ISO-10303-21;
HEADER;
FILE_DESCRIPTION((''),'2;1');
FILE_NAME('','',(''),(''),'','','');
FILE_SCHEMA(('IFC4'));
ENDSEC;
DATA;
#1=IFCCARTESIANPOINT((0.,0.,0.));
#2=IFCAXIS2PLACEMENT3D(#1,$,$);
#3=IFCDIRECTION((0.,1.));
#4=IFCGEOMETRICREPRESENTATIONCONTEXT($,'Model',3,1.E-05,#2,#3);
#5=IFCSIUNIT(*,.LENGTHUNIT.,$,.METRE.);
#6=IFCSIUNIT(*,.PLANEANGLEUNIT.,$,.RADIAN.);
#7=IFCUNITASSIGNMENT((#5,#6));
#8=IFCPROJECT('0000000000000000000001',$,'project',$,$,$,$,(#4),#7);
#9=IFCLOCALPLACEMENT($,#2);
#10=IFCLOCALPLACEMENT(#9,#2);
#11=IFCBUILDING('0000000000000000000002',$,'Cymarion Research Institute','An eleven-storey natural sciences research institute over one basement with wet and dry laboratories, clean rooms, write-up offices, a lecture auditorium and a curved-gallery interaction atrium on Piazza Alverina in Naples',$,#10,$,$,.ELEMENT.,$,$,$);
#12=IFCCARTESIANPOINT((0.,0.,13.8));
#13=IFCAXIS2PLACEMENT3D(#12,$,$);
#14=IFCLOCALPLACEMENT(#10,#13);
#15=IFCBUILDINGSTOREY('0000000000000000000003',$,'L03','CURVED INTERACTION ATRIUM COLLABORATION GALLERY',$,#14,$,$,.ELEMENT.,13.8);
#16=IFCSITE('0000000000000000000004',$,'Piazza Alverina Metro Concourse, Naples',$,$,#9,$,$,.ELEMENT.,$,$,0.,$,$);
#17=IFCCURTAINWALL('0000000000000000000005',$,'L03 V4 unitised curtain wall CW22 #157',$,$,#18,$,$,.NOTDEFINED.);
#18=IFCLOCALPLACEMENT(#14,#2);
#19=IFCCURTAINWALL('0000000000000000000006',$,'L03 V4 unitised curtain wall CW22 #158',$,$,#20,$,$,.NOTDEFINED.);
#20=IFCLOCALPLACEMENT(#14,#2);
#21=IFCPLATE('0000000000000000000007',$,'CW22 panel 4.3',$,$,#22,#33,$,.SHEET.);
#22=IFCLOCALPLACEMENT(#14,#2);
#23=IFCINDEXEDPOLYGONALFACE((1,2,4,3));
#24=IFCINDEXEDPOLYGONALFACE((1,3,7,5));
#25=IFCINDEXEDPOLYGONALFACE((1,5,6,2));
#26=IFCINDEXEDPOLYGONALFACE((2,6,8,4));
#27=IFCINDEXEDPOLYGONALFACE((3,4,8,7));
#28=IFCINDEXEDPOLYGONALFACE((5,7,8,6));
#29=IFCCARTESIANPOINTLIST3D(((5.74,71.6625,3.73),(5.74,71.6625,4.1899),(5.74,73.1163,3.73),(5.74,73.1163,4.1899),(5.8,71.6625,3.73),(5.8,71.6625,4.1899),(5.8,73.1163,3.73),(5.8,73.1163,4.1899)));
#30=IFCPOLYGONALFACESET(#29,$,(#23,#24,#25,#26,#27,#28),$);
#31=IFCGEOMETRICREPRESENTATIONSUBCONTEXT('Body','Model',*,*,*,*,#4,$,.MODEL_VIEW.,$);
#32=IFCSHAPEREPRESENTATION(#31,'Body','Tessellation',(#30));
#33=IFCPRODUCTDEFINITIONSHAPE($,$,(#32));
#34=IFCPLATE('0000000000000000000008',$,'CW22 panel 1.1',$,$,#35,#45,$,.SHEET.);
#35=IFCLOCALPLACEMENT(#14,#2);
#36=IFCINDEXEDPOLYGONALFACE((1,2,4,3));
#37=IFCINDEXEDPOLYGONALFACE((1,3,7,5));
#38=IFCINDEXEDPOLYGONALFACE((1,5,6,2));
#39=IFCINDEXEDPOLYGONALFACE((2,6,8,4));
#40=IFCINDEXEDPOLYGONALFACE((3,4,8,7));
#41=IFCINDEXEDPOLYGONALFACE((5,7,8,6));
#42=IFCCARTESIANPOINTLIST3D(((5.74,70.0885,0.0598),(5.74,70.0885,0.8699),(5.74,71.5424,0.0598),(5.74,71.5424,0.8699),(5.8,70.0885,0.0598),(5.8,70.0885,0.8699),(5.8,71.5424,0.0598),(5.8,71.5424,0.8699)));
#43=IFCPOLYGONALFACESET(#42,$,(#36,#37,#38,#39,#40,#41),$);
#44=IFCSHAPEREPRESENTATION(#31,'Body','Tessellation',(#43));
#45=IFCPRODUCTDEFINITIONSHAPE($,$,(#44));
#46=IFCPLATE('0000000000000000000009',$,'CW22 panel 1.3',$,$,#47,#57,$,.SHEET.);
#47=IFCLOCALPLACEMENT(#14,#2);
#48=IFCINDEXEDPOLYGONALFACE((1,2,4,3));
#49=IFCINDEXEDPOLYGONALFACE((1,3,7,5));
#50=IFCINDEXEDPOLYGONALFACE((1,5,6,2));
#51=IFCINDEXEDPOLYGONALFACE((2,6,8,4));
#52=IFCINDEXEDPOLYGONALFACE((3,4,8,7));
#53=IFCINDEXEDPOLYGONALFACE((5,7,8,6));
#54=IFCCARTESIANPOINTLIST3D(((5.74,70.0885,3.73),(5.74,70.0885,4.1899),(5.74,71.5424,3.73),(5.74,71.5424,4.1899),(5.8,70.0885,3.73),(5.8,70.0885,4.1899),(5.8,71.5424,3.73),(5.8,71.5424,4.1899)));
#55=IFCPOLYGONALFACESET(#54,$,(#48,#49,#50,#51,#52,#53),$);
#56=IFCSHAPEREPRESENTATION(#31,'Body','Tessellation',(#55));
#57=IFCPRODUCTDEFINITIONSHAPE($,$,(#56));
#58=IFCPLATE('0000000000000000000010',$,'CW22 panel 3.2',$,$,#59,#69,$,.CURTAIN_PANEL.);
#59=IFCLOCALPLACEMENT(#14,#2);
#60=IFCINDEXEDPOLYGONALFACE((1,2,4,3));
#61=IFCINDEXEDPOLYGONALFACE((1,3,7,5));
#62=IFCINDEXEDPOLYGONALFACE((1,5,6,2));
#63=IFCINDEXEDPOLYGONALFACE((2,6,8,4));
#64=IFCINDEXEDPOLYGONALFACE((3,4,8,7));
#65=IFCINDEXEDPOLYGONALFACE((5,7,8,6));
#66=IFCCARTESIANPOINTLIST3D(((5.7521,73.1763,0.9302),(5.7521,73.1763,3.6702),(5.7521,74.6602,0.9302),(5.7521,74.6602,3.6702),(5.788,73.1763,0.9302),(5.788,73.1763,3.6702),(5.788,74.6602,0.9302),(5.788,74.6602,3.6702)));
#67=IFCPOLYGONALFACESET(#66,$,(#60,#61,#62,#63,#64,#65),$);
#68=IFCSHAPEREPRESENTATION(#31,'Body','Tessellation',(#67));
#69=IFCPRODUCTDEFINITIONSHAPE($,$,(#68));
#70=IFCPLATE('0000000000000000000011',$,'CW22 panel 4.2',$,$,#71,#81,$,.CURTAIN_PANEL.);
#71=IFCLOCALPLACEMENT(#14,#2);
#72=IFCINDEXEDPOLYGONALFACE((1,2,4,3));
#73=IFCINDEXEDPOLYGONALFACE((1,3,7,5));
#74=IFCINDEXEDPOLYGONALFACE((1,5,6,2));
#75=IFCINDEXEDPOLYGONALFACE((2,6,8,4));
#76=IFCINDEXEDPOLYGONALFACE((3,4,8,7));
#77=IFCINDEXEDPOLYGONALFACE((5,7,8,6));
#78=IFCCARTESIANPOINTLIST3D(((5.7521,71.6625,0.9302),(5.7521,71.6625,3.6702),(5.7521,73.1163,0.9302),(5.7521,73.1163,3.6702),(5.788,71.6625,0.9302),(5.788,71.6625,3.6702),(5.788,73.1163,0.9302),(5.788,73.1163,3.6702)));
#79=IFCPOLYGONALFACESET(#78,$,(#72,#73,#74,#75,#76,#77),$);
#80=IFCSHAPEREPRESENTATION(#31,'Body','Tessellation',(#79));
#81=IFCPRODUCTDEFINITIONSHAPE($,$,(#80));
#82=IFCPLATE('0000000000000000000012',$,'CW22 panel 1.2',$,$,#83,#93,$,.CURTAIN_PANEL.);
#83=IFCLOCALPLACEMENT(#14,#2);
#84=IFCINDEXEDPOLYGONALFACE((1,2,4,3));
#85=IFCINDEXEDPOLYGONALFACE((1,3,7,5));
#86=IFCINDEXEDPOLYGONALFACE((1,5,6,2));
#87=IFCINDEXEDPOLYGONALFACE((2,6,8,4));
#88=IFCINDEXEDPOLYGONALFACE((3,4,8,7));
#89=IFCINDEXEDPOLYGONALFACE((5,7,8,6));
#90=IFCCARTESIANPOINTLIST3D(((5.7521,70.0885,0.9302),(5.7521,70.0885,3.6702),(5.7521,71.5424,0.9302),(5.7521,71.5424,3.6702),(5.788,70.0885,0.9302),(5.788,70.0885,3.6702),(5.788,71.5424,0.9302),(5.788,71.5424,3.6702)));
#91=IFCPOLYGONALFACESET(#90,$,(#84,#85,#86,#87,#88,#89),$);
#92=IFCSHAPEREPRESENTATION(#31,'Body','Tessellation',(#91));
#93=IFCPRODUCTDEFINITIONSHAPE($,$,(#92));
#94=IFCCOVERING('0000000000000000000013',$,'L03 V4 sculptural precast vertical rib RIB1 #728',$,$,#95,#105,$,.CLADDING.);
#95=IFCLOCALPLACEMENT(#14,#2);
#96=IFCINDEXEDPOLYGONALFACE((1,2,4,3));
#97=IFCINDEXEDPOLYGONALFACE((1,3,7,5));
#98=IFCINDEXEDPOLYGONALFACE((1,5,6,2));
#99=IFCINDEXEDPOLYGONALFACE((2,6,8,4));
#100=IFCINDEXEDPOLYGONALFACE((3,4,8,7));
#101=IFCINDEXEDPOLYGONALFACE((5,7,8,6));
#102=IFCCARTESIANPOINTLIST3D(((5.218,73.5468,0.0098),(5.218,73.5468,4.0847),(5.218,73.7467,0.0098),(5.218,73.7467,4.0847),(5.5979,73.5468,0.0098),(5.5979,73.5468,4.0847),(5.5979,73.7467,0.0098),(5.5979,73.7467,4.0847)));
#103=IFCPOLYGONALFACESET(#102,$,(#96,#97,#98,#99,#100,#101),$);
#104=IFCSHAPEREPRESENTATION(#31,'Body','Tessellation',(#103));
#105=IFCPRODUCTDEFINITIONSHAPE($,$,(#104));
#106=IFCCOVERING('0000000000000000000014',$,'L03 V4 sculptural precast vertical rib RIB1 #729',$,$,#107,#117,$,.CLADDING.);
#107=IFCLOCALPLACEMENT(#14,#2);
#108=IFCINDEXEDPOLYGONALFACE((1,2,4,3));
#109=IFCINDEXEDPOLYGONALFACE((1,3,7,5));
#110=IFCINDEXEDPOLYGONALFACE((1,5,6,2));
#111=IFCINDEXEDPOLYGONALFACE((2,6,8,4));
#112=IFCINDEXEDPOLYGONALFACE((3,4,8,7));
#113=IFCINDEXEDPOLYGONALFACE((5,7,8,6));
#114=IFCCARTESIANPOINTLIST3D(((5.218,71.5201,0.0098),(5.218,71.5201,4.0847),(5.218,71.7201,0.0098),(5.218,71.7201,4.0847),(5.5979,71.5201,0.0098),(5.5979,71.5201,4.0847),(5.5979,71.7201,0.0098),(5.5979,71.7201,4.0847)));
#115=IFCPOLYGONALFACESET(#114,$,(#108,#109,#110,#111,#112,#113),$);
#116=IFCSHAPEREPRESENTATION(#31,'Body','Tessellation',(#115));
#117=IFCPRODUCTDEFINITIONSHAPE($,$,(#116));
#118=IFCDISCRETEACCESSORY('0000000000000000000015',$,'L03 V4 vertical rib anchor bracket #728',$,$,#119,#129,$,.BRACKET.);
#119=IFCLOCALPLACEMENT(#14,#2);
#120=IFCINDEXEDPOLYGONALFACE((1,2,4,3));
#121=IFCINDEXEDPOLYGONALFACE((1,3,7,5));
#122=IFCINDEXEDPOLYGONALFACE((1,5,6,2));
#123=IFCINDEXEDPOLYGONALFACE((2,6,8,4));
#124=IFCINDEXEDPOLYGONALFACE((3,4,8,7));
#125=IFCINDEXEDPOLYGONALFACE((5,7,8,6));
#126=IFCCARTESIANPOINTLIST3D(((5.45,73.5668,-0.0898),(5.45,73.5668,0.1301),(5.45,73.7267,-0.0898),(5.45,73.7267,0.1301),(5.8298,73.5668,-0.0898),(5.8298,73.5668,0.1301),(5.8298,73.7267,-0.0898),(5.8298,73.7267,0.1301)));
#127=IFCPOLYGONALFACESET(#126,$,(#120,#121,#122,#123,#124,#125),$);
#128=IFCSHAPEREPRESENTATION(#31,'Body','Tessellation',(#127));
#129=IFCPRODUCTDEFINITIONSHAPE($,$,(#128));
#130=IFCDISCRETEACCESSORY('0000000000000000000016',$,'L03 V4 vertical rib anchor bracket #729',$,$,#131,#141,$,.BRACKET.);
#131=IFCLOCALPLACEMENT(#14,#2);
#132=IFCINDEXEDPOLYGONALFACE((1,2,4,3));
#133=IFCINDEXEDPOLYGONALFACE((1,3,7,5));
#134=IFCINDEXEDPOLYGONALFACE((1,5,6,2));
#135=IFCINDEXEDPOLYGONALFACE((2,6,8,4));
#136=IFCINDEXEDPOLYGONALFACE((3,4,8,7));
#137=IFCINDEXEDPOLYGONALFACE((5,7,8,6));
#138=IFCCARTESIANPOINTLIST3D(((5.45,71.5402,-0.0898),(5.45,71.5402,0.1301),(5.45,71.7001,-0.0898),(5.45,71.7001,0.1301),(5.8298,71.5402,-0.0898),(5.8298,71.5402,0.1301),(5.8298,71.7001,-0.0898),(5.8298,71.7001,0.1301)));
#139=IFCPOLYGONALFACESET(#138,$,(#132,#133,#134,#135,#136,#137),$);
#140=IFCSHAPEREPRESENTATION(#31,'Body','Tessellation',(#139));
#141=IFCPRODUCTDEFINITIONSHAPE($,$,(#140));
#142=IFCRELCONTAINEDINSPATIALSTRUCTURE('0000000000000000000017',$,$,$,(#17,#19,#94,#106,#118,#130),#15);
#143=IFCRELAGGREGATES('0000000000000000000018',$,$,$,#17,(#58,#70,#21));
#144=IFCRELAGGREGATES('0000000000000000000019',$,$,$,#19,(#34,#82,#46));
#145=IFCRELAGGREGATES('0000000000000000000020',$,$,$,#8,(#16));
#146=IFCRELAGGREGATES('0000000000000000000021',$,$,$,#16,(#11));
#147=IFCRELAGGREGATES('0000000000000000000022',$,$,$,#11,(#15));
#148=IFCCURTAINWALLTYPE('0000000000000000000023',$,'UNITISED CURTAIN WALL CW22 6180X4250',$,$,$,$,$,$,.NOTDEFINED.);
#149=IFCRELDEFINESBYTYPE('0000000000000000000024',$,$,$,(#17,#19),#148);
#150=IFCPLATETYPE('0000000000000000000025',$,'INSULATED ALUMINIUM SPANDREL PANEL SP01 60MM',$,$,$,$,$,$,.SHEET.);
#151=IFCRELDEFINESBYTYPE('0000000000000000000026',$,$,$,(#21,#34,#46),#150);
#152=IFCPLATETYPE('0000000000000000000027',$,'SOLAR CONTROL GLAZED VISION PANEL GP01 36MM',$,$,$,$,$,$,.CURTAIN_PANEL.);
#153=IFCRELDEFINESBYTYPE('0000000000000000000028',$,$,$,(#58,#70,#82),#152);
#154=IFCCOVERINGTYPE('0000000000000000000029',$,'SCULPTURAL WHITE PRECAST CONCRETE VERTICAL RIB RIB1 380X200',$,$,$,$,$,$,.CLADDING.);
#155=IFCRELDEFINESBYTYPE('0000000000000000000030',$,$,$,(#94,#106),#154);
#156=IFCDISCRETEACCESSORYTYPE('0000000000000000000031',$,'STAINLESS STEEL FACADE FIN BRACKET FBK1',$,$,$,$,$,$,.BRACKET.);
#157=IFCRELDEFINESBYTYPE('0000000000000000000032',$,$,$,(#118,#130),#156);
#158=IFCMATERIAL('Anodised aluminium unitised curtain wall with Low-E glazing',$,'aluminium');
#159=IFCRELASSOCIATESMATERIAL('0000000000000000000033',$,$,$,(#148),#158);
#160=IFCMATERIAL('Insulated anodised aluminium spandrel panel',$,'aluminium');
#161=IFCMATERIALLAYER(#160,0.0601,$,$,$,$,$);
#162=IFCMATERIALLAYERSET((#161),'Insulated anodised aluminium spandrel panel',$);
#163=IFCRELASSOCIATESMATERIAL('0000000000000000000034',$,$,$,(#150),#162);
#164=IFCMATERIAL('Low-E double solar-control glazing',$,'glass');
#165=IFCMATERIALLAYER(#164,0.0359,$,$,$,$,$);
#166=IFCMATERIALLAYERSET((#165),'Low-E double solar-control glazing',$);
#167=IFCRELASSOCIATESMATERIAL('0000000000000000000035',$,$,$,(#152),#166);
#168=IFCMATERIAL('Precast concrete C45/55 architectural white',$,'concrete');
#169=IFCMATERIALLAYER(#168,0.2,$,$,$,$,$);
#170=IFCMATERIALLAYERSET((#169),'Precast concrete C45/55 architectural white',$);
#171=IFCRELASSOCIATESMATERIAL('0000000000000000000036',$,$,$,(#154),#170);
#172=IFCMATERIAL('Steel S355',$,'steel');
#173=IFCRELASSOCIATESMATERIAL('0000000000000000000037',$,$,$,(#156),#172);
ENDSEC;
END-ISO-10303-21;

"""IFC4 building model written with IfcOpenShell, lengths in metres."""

from ifc_helpers import new_model, si_unit, direction, frame, origin, origin_2d, place, context, subcontext, project, spatial, rectangle, extrude, material, layer, layer_set, type_object, element, aggregate, save


model = new_model("IFC4")

# Units and contexts
model_context = context("Model", 3, precision=1e-05, world=origin(), true_north=direction((0.0, 1.0)))
body_context = subcontext(model_context, "Body", "Model", "MODEL_VIEW")
ifc_project = project(units=[si_unit("LENGTHUNIT", "METRE"), si_unit("PLANEANGLEUNIT", "RADIAN")], contexts=[model_context])

# Site, building, storey
site_placement = place(None, origin())
site = spatial("IfcSite", under=ifc_project, at=site_placement, Name="Piazza Alverina Metro Concourse, Naples", CompositionType="ELEMENT", RefElevation=0.0)
building_placement = place(site_placement, origin())
building = spatial("IfcBuilding", under=site, at=building_placement, Name="Cymarion Research Institute", Description="An eleven-storey natural sciences research institute over one basement with wet and dry laboratories, clean rooms, write-up offices, a lecture auditorium and a curved-gallery interaction atrium on Piazza Alverina in Naples", CompositionType="ELEMENT")
storey_placement = place(building_placement, frame((0.0, 0.0, 13.8)))
storey = spatial("IfcBuildingStorey", under=building, at=storey_placement, Name="L03", Description="CURVED INTERACTION ATRIUM COLLABORATION GALLERY", CompositionType="ELEMENT", Elevation=13.8)

# Curtain wall
ifc_material_1 = material(Name="Anodised aluminium unitised curtain wall with Low-E glazing", Category="aluminium")
curtain_wall_type = type_object("IfcCurtainWallType", Name="UNITISED CURTAIN WALL CW22 6180X4250", PredefinedType="NOTDEFINED", material=ifc_material_1)
curtain_wall_1_placement = place(storey_placement, origin())
curtain_wall_1 = element("IfcCurtainWall", 1, at=curtain_wall_1_placement, inside=storey, type_object=curtain_wall_type, Name="L03 V4 unitised curtain wall CW22 #157", PredefinedType="NOTDEFINED")

# Curtain wall
curtain_wall_2_placement = place(storey_placement, origin())
curtain_wall_2 = element("IfcCurtainWall", 2, at=curtain_wall_2_placement, inside=storey, type_object=curtain_wall_type, Name="L03 V4 unitised curtain wall CW22 #158", PredefinedType="NOTDEFINED")

# Plates
ifc_material_2 = material(Name="Insulated anodised aluminium spandrel panel", Category="aluminium")
ifc_layer_1 = layer(ifc_material_2, 0.0601)
ifc_layer_set_1 = layer_set([ifc_layer_1], Name="Insulated anodised aluminium spandrel panel")
plate_type_1 = type_object("IfcPlateType", Name="INSULATED ALUMINIUM SPANDREL PANEL SP01 60MM", PredefinedType="SHEET", material=ifc_layer_set_1)
plate_1_placement = place(storey_placement, frame((5.77, 72.3894, 3.73), z_axis=(0.0, 0.0, 1.0), x_axis=(0.0, -1.0, 0.0)))
plate_1 = element("IfcPlate", 3, at=plate_1_placement, type_object=plate_type_1, Name="CW22 panel 4.3", PredefinedType="SHEET", context=body_context, shape_type="SweptSolid", body=[
    extrude(rectangle(XDim=1.4539, YDim=0.0601, at=origin_2d()), origin(), (0.0, 0.0, 1.0), 0.46),
])
plate_2_placement = place(storey_placement, frame((5.77, 70.8154, 0.0598), z_axis=(0.0, 0.0, 1.0), x_axis=(0.0, -1.0, 0.0)))
plate_2 = element("IfcPlate", 4, at=plate_2_placement, type_object=plate_type_1, Name="CW22 panel 1.1", PredefinedType="SHEET", context=body_context, shape_type="SweptSolid", body=[
    extrude(rectangle(XDim=1.4539, YDim=0.0601, at=origin_2d()), origin(), (0.0, 0.0, 1.0), 0.8101),
])
plate_3_placement = place(storey_placement, frame((5.77, 70.8154, 3.73), z_axis=(0.0, 0.0, 1.0), x_axis=(0.0, -1.0, 0.0)))
plate_3 = element("IfcPlate", 5, at=plate_3_placement, type_object=plate_type_1, Name="CW22 panel 1.3", PredefinedType="SHEET", context=body_context, shape_type="SweptSolid", body=[
    extrude(rectangle(XDim=1.4539, YDim=0.0601, at=origin_2d()), origin(), (0.0, 0.0, 1.0), 0.46),
])
ifc_material_3 = material(Name="Low-E double solar-control glazing", Category="glass")
ifc_layer_2 = layer(ifc_material_3, 0.0359)
ifc_layer_set_2 = layer_set([ifc_layer_2], Name="Low-E double solar-control glazing")
plate_type_2 = type_object("IfcPlateType", Name="SOLAR CONTROL GLAZED VISION PANEL GP01 36MM", PredefinedType="CURTAIN_PANEL", material=ifc_layer_set_2)
plate_4_placement = place(storey_placement, frame((5.77, 73.9182, 0.9302), z_axis=(0.0, 0.0, 1.0), x_axis=(0.0, -1.0, 0.0)))
plate_4 = element("IfcPlate", 6, at=plate_4_placement, type_object=plate_type_2, Name="CW22 panel 3.2", PredefinedType="CURTAIN_PANEL", context=body_context, shape_type="SweptSolid", body=[
    extrude(rectangle(XDim=1.4839, YDim=0.0359, at=origin_2d()), origin(), (0.0, 0.0, 1.0), 2.74),
])
plate_5_placement = place(storey_placement, frame((5.77, 72.3894, 0.9302), z_axis=(0.0, 0.0, 1.0), x_axis=(0.0, -1.0, 0.0)))
plate_5 = element("IfcPlate", 7, at=plate_5_placement, type_object=plate_type_2, Name="CW22 panel 4.2", PredefinedType="CURTAIN_PANEL", context=body_context, shape_type="SweptSolid", body=[
    extrude(rectangle(XDim=1.4539, YDim=0.0359, at=origin_2d()), origin(), (0.0, 0.0, 1.0), 2.74),
])
aggregate(curtain_wall_1, [plate_4, plate_5, plate_1])
plate_6_placement = place(storey_placement, frame((5.77, 70.8154, 0.9302), z_axis=(0.0, 0.0, 1.0), x_axis=(0.0, -1.0, 0.0)))
plate_6 = element("IfcPlate", 8, at=plate_6_placement, type_object=plate_type_2, Name="CW22 panel 1.2", PredefinedType="CURTAIN_PANEL", context=body_context, shape_type="SweptSolid", body=[
    extrude(rectangle(XDim=1.4539, YDim=0.0359, at=origin_2d()), origin(), (0.0, 0.0, 1.0), 2.74),
])
aggregate(curtain_wall_2, [plate_2, plate_6, plate_3])

# Coverings
ifc_material_4 = material(Name="Precast concrete C45/55 architectural white", Category="concrete")
ifc_layer_3 = layer(ifc_material_4, 0.2)
ifc_layer_set_3 = layer_set([ifc_layer_3], Name="Precast concrete C45/55 architectural white")
covering_type = type_object("IfcCoveringType", Name="SCULPTURAL WHITE PRECAST CONCRETE VERTICAL RIB RIB1 380X200", PredefinedType="CLADDING", material=ifc_layer_set_3)
for number, where, z_axis, x_axis, name in (
    (9, (5.408, 73.6467, 0.0098), (0.0, 0.0, 1.0), (-1.0, 0.0, 0.0), "L03 V4 sculptural precast vertical rib RIB1 #728"),
    (10, (5.408, 71.6201, 0.0098), (0.0, 0.0, 1.0), (-1.0, 0.0, 0.0), "L03 V4 sculptural precast vertical rib RIB1 #729"),
):
    element("IfcCovering", number, at=place(storey_placement, frame(where, z_axis=z_axis, x_axis=x_axis)), inside=storey, type_object=covering_type, Name=name, PredefinedType="CLADDING", context=body_context, shape_type="SweptSolid", body=[
        extrude(rectangle(XDim=0.3799, YDim=0.2, at=origin_2d()), origin(), (0.0, 0.0, 1.0), 4.075),
    ])

# Discrete accessories
ifc_material_5 = material(Name="Steel S355", Category="steel")
discrete_accessory_type = type_object("IfcDiscreteAccessoryType", Name="STAINLESS STEEL FACADE FIN BRACKET FBK1", PredefinedType="BRACKET", material=ifc_material_5)
for number, where, z_axis, x_axis, name in (
    (11, (5.6399, 73.6467, -0.0898), (0.0, 0.0, 1.0), (-1.0, 0.0, 0.0), "L03 V4 vertical rib anchor bracket #728"),
    (12, (5.6399, 71.6201, -0.0898), (0.0, 0.0, 1.0), (-1.0, 0.0, 0.0), "L03 V4 vertical rib anchor bracket #729"),
):
    element("IfcDiscreteAccessory", number, at=place(storey_placement, frame(where, z_axis=z_axis, x_axis=x_axis)), inside=storey, type_object=discrete_accessory_type, Name=name, PredefinedType="BRACKET", context=body_context, shape_type="SweptSolid", body=[
        extrude(rectangle(XDim=0.3799, YDim=0.1599, at=origin_2d()), origin(), (0.0, 0.0, 1.0), 0.22),
    ])

save(model, "model.ifc")
